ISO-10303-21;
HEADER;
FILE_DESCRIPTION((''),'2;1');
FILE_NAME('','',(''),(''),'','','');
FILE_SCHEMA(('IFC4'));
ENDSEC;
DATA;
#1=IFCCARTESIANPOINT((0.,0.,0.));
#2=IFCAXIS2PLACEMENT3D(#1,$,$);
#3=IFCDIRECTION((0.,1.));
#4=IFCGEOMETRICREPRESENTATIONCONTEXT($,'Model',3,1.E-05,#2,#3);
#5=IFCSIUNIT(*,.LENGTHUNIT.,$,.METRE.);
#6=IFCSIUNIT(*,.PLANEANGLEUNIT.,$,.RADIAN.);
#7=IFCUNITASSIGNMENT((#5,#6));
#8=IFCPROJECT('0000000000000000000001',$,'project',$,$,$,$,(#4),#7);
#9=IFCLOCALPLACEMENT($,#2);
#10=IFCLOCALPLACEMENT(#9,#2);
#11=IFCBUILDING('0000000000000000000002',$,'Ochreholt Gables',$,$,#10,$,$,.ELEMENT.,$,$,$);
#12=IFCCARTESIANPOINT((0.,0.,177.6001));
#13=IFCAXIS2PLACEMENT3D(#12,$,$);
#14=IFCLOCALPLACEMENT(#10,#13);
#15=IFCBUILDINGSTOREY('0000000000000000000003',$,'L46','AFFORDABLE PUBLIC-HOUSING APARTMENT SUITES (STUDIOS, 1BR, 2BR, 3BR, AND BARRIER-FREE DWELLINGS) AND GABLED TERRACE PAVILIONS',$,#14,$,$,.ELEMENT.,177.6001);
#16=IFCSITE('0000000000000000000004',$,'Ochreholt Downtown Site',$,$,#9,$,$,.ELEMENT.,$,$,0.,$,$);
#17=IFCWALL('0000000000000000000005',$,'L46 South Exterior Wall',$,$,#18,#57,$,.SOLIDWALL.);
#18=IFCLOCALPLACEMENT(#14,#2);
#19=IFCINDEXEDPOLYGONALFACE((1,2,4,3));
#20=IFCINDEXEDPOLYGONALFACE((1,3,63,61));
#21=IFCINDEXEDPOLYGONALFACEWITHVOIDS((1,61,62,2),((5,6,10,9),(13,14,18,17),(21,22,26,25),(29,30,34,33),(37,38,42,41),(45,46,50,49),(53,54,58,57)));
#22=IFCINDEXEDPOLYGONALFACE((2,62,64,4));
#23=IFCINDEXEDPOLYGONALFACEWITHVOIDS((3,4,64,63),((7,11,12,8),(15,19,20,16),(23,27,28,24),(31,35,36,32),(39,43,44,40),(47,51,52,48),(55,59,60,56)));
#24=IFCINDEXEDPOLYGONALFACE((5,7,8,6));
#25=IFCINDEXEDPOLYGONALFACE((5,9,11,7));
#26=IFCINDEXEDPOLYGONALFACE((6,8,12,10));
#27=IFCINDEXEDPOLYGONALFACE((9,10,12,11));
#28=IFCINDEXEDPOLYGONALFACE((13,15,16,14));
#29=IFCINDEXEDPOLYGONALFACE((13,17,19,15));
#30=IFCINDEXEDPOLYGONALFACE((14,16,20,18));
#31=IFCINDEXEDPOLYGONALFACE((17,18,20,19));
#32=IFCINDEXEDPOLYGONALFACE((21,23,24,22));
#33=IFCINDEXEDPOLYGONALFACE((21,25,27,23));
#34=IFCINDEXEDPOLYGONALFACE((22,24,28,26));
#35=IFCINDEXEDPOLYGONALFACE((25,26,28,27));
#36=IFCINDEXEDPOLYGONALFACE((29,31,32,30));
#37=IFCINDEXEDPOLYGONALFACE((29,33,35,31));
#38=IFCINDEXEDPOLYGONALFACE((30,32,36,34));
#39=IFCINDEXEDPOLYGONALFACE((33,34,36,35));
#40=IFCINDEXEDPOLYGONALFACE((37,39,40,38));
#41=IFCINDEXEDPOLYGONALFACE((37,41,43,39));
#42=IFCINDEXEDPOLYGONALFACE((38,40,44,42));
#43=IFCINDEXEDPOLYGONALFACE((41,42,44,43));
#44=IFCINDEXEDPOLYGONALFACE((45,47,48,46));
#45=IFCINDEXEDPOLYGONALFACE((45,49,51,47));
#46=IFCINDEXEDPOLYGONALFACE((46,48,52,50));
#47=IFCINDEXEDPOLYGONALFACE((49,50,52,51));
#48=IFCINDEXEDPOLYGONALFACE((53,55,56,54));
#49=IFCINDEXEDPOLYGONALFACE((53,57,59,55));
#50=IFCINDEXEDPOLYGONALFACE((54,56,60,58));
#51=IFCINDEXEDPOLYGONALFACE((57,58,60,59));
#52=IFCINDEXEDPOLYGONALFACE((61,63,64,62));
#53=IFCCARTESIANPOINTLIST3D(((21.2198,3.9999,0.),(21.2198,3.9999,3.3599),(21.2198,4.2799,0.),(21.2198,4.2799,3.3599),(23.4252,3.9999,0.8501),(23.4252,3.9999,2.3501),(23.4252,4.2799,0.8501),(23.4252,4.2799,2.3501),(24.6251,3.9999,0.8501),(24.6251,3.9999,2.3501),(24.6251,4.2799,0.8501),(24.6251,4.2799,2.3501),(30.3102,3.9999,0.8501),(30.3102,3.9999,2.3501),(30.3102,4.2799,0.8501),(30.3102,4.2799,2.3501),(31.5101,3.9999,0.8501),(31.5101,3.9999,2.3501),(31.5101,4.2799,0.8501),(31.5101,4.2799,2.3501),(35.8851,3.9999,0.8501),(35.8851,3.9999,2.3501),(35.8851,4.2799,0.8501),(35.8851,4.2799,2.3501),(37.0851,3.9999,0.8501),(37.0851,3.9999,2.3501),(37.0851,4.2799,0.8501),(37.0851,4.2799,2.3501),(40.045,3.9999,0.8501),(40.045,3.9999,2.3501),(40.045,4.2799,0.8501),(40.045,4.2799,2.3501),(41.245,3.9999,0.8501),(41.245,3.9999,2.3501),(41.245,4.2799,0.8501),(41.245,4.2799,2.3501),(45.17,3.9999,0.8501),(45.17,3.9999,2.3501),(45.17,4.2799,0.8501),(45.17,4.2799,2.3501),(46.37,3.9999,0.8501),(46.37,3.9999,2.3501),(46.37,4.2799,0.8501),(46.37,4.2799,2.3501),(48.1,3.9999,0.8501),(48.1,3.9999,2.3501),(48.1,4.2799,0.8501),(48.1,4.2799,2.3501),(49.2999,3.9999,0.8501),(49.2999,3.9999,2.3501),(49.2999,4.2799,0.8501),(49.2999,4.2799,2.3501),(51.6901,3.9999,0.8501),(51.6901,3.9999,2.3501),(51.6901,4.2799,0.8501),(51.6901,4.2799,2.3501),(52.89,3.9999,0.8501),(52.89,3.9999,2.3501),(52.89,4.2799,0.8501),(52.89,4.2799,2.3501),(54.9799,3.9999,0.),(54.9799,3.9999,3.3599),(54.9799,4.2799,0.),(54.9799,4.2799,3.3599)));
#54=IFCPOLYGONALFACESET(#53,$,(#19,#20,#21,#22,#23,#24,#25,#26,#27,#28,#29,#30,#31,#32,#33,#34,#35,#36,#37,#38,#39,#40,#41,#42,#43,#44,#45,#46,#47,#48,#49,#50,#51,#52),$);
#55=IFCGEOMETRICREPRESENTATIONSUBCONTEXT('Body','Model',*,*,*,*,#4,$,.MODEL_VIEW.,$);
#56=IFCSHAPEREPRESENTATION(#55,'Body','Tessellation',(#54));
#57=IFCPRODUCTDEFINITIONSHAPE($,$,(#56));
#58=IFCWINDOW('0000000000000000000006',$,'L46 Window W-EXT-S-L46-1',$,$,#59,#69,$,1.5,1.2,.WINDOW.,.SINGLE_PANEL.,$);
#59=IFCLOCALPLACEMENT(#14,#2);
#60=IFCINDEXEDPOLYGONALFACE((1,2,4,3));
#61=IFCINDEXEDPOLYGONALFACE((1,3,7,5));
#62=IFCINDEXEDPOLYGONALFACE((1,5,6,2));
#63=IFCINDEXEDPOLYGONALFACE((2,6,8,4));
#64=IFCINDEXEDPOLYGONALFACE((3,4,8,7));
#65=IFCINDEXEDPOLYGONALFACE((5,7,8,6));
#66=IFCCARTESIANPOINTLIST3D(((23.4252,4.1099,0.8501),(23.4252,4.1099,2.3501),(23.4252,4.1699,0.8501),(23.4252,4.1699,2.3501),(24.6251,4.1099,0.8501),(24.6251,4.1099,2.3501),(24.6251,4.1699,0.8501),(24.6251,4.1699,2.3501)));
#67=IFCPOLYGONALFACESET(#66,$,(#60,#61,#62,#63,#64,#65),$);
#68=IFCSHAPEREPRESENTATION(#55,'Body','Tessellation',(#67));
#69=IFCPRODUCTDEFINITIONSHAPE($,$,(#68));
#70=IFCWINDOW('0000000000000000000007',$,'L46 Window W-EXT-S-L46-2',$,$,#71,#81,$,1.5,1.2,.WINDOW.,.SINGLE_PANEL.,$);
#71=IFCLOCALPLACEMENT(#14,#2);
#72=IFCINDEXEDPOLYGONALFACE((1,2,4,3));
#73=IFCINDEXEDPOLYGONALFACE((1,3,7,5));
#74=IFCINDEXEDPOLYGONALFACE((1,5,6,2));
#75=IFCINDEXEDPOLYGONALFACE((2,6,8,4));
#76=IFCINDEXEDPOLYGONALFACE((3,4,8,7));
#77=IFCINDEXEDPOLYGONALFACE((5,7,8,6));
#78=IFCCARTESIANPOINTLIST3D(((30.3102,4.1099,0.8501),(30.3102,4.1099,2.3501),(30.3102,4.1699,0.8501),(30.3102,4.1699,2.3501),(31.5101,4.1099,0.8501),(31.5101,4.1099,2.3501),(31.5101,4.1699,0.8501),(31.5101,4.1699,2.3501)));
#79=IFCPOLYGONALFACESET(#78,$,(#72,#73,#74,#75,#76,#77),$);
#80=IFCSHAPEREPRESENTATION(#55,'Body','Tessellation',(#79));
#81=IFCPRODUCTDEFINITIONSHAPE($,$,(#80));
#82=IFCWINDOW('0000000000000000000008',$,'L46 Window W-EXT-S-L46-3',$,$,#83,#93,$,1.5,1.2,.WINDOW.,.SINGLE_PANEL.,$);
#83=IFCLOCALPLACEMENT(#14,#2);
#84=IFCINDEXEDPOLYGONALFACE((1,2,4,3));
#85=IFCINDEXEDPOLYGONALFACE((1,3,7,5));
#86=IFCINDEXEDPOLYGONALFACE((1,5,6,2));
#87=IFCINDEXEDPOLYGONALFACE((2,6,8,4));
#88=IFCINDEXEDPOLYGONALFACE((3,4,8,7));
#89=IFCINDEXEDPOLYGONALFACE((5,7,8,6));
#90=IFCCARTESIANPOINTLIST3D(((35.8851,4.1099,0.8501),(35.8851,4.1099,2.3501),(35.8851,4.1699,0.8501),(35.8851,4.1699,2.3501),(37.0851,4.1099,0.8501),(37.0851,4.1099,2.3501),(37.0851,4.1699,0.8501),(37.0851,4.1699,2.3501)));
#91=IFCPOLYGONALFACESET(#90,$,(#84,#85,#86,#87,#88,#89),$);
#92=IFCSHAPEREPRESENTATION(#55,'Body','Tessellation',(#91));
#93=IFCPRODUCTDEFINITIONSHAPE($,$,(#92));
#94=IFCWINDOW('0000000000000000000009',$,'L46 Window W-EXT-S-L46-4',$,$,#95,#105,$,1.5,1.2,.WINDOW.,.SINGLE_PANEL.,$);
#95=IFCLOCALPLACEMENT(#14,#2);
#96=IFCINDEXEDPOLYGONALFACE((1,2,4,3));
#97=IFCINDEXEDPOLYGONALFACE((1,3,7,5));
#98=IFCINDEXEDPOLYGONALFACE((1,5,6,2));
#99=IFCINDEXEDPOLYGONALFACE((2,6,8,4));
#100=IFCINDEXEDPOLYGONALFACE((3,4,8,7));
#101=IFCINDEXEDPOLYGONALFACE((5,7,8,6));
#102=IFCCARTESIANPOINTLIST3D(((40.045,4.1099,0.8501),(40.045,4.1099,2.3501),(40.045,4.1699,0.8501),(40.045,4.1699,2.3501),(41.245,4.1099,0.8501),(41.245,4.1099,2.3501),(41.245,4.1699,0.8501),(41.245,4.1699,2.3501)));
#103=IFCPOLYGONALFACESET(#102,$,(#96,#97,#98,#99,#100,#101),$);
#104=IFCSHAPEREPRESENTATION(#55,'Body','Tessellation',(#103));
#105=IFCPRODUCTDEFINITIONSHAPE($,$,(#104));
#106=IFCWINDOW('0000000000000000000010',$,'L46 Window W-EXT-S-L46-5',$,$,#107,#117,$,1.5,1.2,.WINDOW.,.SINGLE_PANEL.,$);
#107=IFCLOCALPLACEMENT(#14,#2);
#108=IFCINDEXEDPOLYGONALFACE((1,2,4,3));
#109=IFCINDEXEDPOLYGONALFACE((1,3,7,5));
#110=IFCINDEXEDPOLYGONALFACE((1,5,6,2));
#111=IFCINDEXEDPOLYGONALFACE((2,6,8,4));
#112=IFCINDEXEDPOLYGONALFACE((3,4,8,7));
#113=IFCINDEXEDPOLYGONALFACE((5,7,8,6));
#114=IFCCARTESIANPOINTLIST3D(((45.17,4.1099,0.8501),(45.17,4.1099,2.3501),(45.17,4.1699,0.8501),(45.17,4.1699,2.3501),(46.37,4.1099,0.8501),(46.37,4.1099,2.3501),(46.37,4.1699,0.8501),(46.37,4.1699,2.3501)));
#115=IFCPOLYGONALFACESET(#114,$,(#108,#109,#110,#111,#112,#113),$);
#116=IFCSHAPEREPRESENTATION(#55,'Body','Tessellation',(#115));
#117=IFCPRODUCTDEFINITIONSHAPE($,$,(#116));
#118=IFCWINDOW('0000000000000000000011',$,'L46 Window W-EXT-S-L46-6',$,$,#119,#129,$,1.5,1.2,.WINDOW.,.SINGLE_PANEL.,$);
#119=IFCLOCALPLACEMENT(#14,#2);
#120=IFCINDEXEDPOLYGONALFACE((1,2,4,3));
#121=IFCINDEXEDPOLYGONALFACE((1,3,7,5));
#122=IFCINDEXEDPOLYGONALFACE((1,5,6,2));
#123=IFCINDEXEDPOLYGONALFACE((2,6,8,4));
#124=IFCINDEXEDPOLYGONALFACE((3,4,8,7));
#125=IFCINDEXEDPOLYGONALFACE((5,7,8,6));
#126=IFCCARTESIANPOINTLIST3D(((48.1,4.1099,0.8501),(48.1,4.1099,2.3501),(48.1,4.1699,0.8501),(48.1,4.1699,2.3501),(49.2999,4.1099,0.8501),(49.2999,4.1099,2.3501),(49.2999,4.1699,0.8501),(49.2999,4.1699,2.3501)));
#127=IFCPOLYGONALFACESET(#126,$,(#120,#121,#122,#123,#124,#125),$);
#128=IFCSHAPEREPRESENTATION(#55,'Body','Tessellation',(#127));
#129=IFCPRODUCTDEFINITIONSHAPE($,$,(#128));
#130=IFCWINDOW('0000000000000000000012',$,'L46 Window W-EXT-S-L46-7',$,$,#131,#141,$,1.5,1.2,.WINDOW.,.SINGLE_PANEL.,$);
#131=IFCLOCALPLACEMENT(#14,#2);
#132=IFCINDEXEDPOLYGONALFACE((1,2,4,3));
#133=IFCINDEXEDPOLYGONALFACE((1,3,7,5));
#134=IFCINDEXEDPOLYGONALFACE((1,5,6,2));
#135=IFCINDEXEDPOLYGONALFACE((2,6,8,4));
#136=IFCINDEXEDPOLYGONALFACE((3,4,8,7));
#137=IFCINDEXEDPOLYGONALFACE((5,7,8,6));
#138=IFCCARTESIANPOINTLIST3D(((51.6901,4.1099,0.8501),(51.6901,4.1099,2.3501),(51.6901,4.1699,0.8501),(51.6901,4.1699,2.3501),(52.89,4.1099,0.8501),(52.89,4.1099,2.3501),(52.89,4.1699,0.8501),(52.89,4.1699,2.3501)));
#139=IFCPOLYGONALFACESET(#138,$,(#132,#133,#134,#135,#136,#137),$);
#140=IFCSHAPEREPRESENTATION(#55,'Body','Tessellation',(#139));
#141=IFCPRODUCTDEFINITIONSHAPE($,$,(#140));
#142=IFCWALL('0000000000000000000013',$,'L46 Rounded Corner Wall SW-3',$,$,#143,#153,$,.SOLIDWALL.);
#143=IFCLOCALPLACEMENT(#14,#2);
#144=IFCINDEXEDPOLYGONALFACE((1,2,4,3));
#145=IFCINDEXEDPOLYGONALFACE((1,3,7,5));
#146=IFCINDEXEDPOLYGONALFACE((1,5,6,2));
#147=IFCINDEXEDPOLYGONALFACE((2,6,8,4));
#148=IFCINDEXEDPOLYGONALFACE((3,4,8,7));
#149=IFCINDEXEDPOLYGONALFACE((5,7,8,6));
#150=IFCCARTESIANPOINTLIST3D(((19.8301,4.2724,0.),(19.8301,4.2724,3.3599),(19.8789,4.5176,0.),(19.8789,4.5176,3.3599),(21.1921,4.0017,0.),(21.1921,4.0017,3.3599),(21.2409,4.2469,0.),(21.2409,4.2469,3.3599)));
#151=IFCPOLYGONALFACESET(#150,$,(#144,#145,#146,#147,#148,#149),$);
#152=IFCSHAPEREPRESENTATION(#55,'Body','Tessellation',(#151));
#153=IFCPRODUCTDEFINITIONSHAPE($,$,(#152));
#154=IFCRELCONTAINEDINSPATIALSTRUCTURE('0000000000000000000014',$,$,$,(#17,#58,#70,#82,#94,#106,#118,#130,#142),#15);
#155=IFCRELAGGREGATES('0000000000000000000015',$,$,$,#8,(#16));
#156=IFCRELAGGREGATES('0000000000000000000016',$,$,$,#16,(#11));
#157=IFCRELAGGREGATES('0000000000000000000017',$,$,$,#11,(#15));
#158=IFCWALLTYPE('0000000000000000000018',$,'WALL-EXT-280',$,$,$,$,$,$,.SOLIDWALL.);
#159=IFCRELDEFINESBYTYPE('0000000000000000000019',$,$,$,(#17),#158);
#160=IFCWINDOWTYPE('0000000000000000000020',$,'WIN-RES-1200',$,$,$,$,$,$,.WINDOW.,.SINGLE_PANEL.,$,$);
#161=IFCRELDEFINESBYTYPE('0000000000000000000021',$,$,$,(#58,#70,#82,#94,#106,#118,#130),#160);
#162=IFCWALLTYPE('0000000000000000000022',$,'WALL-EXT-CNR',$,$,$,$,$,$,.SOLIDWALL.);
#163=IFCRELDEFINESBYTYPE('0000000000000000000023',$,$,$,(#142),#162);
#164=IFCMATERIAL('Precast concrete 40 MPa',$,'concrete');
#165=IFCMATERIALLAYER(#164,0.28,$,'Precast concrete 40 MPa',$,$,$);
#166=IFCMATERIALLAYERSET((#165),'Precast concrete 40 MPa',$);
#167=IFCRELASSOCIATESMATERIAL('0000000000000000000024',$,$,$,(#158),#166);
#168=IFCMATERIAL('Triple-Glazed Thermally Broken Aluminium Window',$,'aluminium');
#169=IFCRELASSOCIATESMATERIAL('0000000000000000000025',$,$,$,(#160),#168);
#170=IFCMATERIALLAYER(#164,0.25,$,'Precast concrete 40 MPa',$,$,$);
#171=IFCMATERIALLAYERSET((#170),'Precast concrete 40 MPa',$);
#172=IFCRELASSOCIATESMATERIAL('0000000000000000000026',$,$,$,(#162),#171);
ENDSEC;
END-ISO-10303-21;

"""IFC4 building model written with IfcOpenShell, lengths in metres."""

from ifc_helpers import new_model, si_unit, direction, frame, frame_2d, origin, place, context, subcontext, project, spatial, rectangle, extrude, material, layer, layer_set, type_object, element, fill, save


model = new_model("IFC4")

# Units and contexts
model_context = context("Model", 3, precision=1e-05, world=origin(), true_north=direction((0.0, 1.0)))
body_context = subcontext(model_context, "Body", "Model", "MODEL_VIEW")
ifc_project = project(units=[si_unit("LENGTHUNIT", "METRE"), si_unit("PLANEANGLEUNIT", "RADIAN")], contexts=[model_context])

# Site, building, storey
site_placement = place(None, origin())
site = spatial("IfcSite", under=ifc_project, at=site_placement, Name="Ochreholt Downtown Site", CompositionType="ELEMENT", RefElevation=0.0)
building_placement = place(site_placement, origin())
building = spatial("IfcBuilding", under=site, at=building_placement, Name="Ochreholt Gables", CompositionType="ELEMENT")
storey_placement = place(building_placement, frame((0.0, 0.0, 177.6001)))
storey = spatial("IfcBuildingStorey", under=building, at=storey_placement, Name="L46", Description="AFFORDABLE PUBLIC-HOUSING APARTMENT SUITES (STUDIOS, 1BR, 2BR, 3BR, AND BARRIER-FREE DWELLINGS) AND GABLED TERRACE PAVILIONS", CompositionType="ELEMENT", Elevation=177.6001)

# Wall, openings, windows
ifc_material_1 = material(Name="Precast concrete 40 MPa", Category="concrete")
ifc_layer_1 = layer(ifc_material_1, 0.28, Name="Precast concrete 40 MPa")
ifc_layer_set_1 = layer_set([ifc_layer_1], Name="Precast concrete 40 MPa")
wall_type_1 = type_object("IfcWallType", Name="WALL-EXT-280", PredefinedType="SOLIDWALL", material=ifc_layer_set_1)
wall_1_placement = place(storey_placement, frame((21.22, 4.1399, 0.0), z_axis=(0.0, 0.0, 1.0), x_axis=(1.0, 0.0, 0.0)))
wall_1 = element("IfcWall", 1, at=wall_1_placement, inside=storey, type_object=wall_type_1, Name="L46 South Exterior Wall", PredefinedType="SOLIDWALL", context=body_context, shape_type="SweptSolid", body=[
    extrude(rectangle(XDim=33.76, YDim=0.28, at=frame_2d((16.8799, 0.0))), origin(), (0.0, 0.0, 1.0), 3.3599),
])
opening_1_placement = place(wall_1_placement, frame((2.2051, 0.0, 0.8501)))
opening_1 = element("IfcOpeningElement", 2, at=opening_1_placement, cuts=wall_1, PredefinedType="OPENING", context=body_context, shape_type="SweptSolid", body=[
    extrude(rectangle(XDim=1.2, YDim=1.5, at=frame_2d((0.6001, 0.75))), frame((0.0, 0.1499, 0.0), z_axis=(0.0, -1.0, 0.0), x_axis=(1.0, 0.0, 0.0)), (0.0, 0.0, 1.0), 0.3),
])
opening_2_placement = place(wall_1_placement, frame((9.0901, 0.0, 0.8501)))
opening_2 = element("IfcOpeningElement", 3, at=opening_2_placement, cuts=wall_1, PredefinedType="OPENING", context=body_context, shape_type="SweptSolid", body=[
    extrude(rectangle(XDim=1.2, YDim=1.5, at=frame_2d((0.6001, 0.75))), frame((0.0, 0.1499, 0.0), z_axis=(0.0, -1.0, 0.0), x_axis=(1.0, 0.0, 0.0)), (0.0, 0.0, 1.0), 0.3),
])
opening_3_placement = place(wall_1_placement, frame((14.665, 0.0, 0.8501)))
opening_3 = element("IfcOpeningElement", 4, at=opening_3_placement, cuts=wall_1, PredefinedType="OPENING", context=body_context, shape_type="SweptSolid", body=[
    extrude(rectangle(XDim=1.2, YDim=1.5, at=frame_2d((0.6001, 0.75))), frame((0.0, 0.1499, 0.0), z_axis=(0.0, -1.0, 0.0), x_axis=(1.0, 0.0, 0.0)), (0.0, 0.0, 1.0), 0.3),
])
opening_4_placement = place(wall_1_placement, frame((18.825, 0.0, 0.8501)))
opening_4 = element("IfcOpeningElement", 5, at=opening_4_placement, cuts=wall_1, PredefinedType="OPENING", context=body_context, shape_type="SweptSolid", body=[
    extrude(rectangle(XDim=1.2, YDim=1.5, at=frame_2d((0.6001, 0.75))), frame((0.0, 0.1499, 0.0), z_axis=(0.0, -1.0, 0.0), x_axis=(1.0, 0.0, 0.0)), (0.0, 0.0, 1.0), 0.3),
])
opening_5_placement = place(wall_1_placement, frame((23.95, 0.0, 0.8501)))
opening_5 = element("IfcOpeningElement", 6, at=opening_5_placement, cuts=wall_1, PredefinedType="OPENING", context=body_context, shape_type="SweptSolid", body=[
    extrude(rectangle(XDim=1.2, YDim=1.5, at=frame_2d((0.6001, 0.75))), frame((0.0, 0.1499, 0.0), z_axis=(0.0, -1.0, 0.0), x_axis=(1.0, 0.0, 0.0)), (0.0, 0.0, 1.0), 0.3),
])
opening_6_placement = place(wall_1_placement, frame((26.8799, 0.0, 0.8501)))
opening_6 = element("IfcOpeningElement", 7, at=opening_6_placement, cuts=wall_1, PredefinedType="OPENING", context=body_context, shape_type="SweptSolid", body=[
    extrude(rectangle(XDim=1.2, YDim=1.5, at=frame_2d((0.6001, 0.75))), frame((0.0, 0.1499, 0.0), z_axis=(0.0, -1.0, 0.0), x_axis=(1.0, 0.0, 0.0)), (0.0, 0.0, 1.0), 0.3),
])
opening_7_placement = place(wall_1_placement, frame((30.47, 0.0, 0.8501)))
opening_7 = element("IfcOpeningElement", 8, at=opening_7_placement, cuts=wall_1, PredefinedType="OPENING", context=body_context, shape_type="SweptSolid", body=[
    extrude(rectangle(XDim=1.2, YDim=1.5, at=frame_2d((0.6001, 0.75))), frame((0.0, 0.1499, 0.0), z_axis=(0.0, -1.0, 0.0), x_axis=(1.0, 0.0, 0.0)), (0.0, 0.0, 1.0), 0.3),
])
ifc_material_2 = material(Name="Triple-Glazed Thermally Broken Aluminium Window", Category="aluminium")
window_type = type_object("IfcWindowType", Name="WIN-RES-1200", PartitioningType="SINGLE_PANEL", PredefinedType="WINDOW", material=ifc_material_2)
window_1_placement = place(opening_1_placement, origin())
window_1 = element("IfcWindow", 9, at=window_1_placement, inside=storey, type_object=window_type, Name="L46 Window W-EXT-S-L46-1", OverallHeight=1.5, OverallWidth=1.2, PartitioningType="SINGLE_PANEL", PredefinedType="WINDOW", context=body_context, shape_type="SweptSolid", body=[
    extrude(rectangle(XDim=1.2, YDim=1.5, at=frame_2d((0.6001, 0.75))), frame((0.0, 0.03, 0.0), z_axis=(0.0, -1.0, 0.0), x_axis=(1.0, 0.0, 0.0)), (0.0, 0.0, 1.0), 0.0601),
])
fill(opening_1, window_1)
window_2_placement = place(opening_2_placement, origin())
window_2 = element("IfcWindow", 10, at=window_2_placement, inside=storey, type_object=window_type, Name="L46 Window W-EXT-S-L46-2", OverallHeight=1.5, OverallWidth=1.2, PartitioningType="SINGLE_PANEL", PredefinedType="WINDOW", context=body_context, shape_type="SweptSolid", body=[
    extrude(rectangle(XDim=1.2, YDim=1.5, at=frame_2d((0.6001, 0.75))), frame((0.0, 0.03, 0.0), z_axis=(0.0, -1.0, 0.0), x_axis=(1.0, 0.0, 0.0)), (0.0, 0.0, 1.0), 0.0601),
])
fill(opening_2, window_2)
window_3_placement = place(opening_3_placement, origin())
window_3 = element("IfcWindow", 11, at=window_3_placement, inside=storey, type_object=window_type, Name="L46 Window W-EXT-S-L46-3", OverallHeight=1.5, OverallWidth=1.2, PartitioningType="SINGLE_PANEL", PredefinedType="WINDOW", context=body_context, shape_type="SweptSolid", body=[
    extrude(rectangle(XDim=1.2, YDim=1.5, at=frame_2d((0.6001, 0.75))), frame((0.0, 0.03, 0.0), z_axis=(0.0, -1.0, 0.0), x_axis=(1.0, 0.0, 0.0)), (0.0, 0.0, 1.0), 0.0601),
])
fill(opening_3, window_3)
window_4_placement = place(opening_4_placement, origin())
window_4 = element("IfcWindow", 12, at=window_4_placement, inside=storey, type_object=window_type, Name="L46 Window W-EXT-S-L46-4", OverallHeight=1.5, OverallWidth=1.2, PartitioningType="SINGLE_PANEL", PredefinedType="WINDOW", context=body_context, shape_type="SweptSolid", body=[
    extrude(rectangle(XDim=1.2, YDim=1.5, at=frame_2d((0.6001, 0.75))), frame((0.0, 0.03, 0.0), z_axis=(0.0, -1.0, 0.0), x_axis=(1.0, 0.0, 0.0)), (0.0, 0.0, 1.0), 0.0601),
])
fill(opening_4, window_4)
window_5_placement = place(opening_5_placement, origin())
window_5 = element("IfcWindow", 13, at=window_5_placement, inside=storey, type_object=window_type, Name="L46 Window W-EXT-S-L46-5", OverallHeight=1.5, OverallWidth=1.2, PartitioningType="SINGLE_PANEL", PredefinedType="WINDOW", context=body_context, shape_type="SweptSolid", body=[
    extrude(rectangle(XDim=1.2, YDim=1.5, at=frame_2d((0.6001, 0.75))), frame((0.0, 0.03, 0.0), z_axis=(0.0, -1.0, 0.0), x_axis=(1.0, 0.0, 0.0)), (0.0, 0.0, 1.0), 0.0601),
])
fill(opening_5, window_5)
window_6_placement = place(opening_6_placement, origin())
window_6 = element("IfcWindow", 14, at=window_6_placement, inside=storey, type_object=window_type, Name="L46 Window W-EXT-S-L46-6", OverallHeight=1.5, OverallWidth=1.2, PartitioningType="SINGLE_PANEL", PredefinedType="WINDOW", context=body_context, shape_type="SweptSolid", body=[
    extrude(rectangle(XDim=1.2, YDim=1.5, at=frame_2d((0.6001, 0.75))), frame((0.0, 0.03, 0.0), z_axis=(0.0, -1.0, 0.0), x_axis=(1.0, 0.0, 0.0)), (0.0, 0.0, 1.0), 0.0601),
])
fill(opening_6, window_6)
window_7_placement = place(opening_7_placement, origin())
window_7 = element("IfcWindow", 15, at=window_7_placement, inside=storey, type_object=window_type, Name="L46 Window W-EXT-S-L46-7", OverallHeight=1.5, OverallWidth=1.2, PartitioningType="SINGLE_PANEL", PredefinedType="WINDOW", context=body_context, shape_type="SweptSolid", body=[
    extrude(rectangle(XDim=1.2, YDim=1.5, at=frame_2d((0.6001, 0.75))), frame((0.0, 0.03, 0.0), z_axis=(0.0, -1.0, 0.0), x_axis=(1.0, 0.0, 0.0)), (0.0, 0.0, 1.0), 0.0601),
])
fill(opening_7, window_7)

# Wall
ifc_layer_2 = layer(ifc_material_1, 0.25, Name="Precast concrete 40 MPa")
ifc_layer_set_2 = layer_set([ifc_layer_2], Name="Precast concrete 40 MPa")
wall_type_2 = type_object("IfcWallType", Name="WALL-EXT-CNR", PredefinedType="SOLIDWALL", material=ifc_layer_set_2)
wall_2_placement = place(storey_placement, frame((19.8545, 4.395, 0.0), z_axis=(0.0, 0.0, 1.0), x_axis=(0.98081, -0.194967, 0.0)))
element("IfcWall", 16, at=wall_2_placement, inside=storey, type_object=wall_type_2, Name="L46 Rounded Corner Wall SW-3", PredefinedType="SOLIDWALL", context=body_context, shape_type="SweptSolid", body=[
    extrude(rectangle(XDim=1.3887, YDim=0.25, at=frame_2d((0.6943, 0.0))), origin(), (0.0, 0.0, 1.0), 3.3599),
])

save(model, "model.ifc")
